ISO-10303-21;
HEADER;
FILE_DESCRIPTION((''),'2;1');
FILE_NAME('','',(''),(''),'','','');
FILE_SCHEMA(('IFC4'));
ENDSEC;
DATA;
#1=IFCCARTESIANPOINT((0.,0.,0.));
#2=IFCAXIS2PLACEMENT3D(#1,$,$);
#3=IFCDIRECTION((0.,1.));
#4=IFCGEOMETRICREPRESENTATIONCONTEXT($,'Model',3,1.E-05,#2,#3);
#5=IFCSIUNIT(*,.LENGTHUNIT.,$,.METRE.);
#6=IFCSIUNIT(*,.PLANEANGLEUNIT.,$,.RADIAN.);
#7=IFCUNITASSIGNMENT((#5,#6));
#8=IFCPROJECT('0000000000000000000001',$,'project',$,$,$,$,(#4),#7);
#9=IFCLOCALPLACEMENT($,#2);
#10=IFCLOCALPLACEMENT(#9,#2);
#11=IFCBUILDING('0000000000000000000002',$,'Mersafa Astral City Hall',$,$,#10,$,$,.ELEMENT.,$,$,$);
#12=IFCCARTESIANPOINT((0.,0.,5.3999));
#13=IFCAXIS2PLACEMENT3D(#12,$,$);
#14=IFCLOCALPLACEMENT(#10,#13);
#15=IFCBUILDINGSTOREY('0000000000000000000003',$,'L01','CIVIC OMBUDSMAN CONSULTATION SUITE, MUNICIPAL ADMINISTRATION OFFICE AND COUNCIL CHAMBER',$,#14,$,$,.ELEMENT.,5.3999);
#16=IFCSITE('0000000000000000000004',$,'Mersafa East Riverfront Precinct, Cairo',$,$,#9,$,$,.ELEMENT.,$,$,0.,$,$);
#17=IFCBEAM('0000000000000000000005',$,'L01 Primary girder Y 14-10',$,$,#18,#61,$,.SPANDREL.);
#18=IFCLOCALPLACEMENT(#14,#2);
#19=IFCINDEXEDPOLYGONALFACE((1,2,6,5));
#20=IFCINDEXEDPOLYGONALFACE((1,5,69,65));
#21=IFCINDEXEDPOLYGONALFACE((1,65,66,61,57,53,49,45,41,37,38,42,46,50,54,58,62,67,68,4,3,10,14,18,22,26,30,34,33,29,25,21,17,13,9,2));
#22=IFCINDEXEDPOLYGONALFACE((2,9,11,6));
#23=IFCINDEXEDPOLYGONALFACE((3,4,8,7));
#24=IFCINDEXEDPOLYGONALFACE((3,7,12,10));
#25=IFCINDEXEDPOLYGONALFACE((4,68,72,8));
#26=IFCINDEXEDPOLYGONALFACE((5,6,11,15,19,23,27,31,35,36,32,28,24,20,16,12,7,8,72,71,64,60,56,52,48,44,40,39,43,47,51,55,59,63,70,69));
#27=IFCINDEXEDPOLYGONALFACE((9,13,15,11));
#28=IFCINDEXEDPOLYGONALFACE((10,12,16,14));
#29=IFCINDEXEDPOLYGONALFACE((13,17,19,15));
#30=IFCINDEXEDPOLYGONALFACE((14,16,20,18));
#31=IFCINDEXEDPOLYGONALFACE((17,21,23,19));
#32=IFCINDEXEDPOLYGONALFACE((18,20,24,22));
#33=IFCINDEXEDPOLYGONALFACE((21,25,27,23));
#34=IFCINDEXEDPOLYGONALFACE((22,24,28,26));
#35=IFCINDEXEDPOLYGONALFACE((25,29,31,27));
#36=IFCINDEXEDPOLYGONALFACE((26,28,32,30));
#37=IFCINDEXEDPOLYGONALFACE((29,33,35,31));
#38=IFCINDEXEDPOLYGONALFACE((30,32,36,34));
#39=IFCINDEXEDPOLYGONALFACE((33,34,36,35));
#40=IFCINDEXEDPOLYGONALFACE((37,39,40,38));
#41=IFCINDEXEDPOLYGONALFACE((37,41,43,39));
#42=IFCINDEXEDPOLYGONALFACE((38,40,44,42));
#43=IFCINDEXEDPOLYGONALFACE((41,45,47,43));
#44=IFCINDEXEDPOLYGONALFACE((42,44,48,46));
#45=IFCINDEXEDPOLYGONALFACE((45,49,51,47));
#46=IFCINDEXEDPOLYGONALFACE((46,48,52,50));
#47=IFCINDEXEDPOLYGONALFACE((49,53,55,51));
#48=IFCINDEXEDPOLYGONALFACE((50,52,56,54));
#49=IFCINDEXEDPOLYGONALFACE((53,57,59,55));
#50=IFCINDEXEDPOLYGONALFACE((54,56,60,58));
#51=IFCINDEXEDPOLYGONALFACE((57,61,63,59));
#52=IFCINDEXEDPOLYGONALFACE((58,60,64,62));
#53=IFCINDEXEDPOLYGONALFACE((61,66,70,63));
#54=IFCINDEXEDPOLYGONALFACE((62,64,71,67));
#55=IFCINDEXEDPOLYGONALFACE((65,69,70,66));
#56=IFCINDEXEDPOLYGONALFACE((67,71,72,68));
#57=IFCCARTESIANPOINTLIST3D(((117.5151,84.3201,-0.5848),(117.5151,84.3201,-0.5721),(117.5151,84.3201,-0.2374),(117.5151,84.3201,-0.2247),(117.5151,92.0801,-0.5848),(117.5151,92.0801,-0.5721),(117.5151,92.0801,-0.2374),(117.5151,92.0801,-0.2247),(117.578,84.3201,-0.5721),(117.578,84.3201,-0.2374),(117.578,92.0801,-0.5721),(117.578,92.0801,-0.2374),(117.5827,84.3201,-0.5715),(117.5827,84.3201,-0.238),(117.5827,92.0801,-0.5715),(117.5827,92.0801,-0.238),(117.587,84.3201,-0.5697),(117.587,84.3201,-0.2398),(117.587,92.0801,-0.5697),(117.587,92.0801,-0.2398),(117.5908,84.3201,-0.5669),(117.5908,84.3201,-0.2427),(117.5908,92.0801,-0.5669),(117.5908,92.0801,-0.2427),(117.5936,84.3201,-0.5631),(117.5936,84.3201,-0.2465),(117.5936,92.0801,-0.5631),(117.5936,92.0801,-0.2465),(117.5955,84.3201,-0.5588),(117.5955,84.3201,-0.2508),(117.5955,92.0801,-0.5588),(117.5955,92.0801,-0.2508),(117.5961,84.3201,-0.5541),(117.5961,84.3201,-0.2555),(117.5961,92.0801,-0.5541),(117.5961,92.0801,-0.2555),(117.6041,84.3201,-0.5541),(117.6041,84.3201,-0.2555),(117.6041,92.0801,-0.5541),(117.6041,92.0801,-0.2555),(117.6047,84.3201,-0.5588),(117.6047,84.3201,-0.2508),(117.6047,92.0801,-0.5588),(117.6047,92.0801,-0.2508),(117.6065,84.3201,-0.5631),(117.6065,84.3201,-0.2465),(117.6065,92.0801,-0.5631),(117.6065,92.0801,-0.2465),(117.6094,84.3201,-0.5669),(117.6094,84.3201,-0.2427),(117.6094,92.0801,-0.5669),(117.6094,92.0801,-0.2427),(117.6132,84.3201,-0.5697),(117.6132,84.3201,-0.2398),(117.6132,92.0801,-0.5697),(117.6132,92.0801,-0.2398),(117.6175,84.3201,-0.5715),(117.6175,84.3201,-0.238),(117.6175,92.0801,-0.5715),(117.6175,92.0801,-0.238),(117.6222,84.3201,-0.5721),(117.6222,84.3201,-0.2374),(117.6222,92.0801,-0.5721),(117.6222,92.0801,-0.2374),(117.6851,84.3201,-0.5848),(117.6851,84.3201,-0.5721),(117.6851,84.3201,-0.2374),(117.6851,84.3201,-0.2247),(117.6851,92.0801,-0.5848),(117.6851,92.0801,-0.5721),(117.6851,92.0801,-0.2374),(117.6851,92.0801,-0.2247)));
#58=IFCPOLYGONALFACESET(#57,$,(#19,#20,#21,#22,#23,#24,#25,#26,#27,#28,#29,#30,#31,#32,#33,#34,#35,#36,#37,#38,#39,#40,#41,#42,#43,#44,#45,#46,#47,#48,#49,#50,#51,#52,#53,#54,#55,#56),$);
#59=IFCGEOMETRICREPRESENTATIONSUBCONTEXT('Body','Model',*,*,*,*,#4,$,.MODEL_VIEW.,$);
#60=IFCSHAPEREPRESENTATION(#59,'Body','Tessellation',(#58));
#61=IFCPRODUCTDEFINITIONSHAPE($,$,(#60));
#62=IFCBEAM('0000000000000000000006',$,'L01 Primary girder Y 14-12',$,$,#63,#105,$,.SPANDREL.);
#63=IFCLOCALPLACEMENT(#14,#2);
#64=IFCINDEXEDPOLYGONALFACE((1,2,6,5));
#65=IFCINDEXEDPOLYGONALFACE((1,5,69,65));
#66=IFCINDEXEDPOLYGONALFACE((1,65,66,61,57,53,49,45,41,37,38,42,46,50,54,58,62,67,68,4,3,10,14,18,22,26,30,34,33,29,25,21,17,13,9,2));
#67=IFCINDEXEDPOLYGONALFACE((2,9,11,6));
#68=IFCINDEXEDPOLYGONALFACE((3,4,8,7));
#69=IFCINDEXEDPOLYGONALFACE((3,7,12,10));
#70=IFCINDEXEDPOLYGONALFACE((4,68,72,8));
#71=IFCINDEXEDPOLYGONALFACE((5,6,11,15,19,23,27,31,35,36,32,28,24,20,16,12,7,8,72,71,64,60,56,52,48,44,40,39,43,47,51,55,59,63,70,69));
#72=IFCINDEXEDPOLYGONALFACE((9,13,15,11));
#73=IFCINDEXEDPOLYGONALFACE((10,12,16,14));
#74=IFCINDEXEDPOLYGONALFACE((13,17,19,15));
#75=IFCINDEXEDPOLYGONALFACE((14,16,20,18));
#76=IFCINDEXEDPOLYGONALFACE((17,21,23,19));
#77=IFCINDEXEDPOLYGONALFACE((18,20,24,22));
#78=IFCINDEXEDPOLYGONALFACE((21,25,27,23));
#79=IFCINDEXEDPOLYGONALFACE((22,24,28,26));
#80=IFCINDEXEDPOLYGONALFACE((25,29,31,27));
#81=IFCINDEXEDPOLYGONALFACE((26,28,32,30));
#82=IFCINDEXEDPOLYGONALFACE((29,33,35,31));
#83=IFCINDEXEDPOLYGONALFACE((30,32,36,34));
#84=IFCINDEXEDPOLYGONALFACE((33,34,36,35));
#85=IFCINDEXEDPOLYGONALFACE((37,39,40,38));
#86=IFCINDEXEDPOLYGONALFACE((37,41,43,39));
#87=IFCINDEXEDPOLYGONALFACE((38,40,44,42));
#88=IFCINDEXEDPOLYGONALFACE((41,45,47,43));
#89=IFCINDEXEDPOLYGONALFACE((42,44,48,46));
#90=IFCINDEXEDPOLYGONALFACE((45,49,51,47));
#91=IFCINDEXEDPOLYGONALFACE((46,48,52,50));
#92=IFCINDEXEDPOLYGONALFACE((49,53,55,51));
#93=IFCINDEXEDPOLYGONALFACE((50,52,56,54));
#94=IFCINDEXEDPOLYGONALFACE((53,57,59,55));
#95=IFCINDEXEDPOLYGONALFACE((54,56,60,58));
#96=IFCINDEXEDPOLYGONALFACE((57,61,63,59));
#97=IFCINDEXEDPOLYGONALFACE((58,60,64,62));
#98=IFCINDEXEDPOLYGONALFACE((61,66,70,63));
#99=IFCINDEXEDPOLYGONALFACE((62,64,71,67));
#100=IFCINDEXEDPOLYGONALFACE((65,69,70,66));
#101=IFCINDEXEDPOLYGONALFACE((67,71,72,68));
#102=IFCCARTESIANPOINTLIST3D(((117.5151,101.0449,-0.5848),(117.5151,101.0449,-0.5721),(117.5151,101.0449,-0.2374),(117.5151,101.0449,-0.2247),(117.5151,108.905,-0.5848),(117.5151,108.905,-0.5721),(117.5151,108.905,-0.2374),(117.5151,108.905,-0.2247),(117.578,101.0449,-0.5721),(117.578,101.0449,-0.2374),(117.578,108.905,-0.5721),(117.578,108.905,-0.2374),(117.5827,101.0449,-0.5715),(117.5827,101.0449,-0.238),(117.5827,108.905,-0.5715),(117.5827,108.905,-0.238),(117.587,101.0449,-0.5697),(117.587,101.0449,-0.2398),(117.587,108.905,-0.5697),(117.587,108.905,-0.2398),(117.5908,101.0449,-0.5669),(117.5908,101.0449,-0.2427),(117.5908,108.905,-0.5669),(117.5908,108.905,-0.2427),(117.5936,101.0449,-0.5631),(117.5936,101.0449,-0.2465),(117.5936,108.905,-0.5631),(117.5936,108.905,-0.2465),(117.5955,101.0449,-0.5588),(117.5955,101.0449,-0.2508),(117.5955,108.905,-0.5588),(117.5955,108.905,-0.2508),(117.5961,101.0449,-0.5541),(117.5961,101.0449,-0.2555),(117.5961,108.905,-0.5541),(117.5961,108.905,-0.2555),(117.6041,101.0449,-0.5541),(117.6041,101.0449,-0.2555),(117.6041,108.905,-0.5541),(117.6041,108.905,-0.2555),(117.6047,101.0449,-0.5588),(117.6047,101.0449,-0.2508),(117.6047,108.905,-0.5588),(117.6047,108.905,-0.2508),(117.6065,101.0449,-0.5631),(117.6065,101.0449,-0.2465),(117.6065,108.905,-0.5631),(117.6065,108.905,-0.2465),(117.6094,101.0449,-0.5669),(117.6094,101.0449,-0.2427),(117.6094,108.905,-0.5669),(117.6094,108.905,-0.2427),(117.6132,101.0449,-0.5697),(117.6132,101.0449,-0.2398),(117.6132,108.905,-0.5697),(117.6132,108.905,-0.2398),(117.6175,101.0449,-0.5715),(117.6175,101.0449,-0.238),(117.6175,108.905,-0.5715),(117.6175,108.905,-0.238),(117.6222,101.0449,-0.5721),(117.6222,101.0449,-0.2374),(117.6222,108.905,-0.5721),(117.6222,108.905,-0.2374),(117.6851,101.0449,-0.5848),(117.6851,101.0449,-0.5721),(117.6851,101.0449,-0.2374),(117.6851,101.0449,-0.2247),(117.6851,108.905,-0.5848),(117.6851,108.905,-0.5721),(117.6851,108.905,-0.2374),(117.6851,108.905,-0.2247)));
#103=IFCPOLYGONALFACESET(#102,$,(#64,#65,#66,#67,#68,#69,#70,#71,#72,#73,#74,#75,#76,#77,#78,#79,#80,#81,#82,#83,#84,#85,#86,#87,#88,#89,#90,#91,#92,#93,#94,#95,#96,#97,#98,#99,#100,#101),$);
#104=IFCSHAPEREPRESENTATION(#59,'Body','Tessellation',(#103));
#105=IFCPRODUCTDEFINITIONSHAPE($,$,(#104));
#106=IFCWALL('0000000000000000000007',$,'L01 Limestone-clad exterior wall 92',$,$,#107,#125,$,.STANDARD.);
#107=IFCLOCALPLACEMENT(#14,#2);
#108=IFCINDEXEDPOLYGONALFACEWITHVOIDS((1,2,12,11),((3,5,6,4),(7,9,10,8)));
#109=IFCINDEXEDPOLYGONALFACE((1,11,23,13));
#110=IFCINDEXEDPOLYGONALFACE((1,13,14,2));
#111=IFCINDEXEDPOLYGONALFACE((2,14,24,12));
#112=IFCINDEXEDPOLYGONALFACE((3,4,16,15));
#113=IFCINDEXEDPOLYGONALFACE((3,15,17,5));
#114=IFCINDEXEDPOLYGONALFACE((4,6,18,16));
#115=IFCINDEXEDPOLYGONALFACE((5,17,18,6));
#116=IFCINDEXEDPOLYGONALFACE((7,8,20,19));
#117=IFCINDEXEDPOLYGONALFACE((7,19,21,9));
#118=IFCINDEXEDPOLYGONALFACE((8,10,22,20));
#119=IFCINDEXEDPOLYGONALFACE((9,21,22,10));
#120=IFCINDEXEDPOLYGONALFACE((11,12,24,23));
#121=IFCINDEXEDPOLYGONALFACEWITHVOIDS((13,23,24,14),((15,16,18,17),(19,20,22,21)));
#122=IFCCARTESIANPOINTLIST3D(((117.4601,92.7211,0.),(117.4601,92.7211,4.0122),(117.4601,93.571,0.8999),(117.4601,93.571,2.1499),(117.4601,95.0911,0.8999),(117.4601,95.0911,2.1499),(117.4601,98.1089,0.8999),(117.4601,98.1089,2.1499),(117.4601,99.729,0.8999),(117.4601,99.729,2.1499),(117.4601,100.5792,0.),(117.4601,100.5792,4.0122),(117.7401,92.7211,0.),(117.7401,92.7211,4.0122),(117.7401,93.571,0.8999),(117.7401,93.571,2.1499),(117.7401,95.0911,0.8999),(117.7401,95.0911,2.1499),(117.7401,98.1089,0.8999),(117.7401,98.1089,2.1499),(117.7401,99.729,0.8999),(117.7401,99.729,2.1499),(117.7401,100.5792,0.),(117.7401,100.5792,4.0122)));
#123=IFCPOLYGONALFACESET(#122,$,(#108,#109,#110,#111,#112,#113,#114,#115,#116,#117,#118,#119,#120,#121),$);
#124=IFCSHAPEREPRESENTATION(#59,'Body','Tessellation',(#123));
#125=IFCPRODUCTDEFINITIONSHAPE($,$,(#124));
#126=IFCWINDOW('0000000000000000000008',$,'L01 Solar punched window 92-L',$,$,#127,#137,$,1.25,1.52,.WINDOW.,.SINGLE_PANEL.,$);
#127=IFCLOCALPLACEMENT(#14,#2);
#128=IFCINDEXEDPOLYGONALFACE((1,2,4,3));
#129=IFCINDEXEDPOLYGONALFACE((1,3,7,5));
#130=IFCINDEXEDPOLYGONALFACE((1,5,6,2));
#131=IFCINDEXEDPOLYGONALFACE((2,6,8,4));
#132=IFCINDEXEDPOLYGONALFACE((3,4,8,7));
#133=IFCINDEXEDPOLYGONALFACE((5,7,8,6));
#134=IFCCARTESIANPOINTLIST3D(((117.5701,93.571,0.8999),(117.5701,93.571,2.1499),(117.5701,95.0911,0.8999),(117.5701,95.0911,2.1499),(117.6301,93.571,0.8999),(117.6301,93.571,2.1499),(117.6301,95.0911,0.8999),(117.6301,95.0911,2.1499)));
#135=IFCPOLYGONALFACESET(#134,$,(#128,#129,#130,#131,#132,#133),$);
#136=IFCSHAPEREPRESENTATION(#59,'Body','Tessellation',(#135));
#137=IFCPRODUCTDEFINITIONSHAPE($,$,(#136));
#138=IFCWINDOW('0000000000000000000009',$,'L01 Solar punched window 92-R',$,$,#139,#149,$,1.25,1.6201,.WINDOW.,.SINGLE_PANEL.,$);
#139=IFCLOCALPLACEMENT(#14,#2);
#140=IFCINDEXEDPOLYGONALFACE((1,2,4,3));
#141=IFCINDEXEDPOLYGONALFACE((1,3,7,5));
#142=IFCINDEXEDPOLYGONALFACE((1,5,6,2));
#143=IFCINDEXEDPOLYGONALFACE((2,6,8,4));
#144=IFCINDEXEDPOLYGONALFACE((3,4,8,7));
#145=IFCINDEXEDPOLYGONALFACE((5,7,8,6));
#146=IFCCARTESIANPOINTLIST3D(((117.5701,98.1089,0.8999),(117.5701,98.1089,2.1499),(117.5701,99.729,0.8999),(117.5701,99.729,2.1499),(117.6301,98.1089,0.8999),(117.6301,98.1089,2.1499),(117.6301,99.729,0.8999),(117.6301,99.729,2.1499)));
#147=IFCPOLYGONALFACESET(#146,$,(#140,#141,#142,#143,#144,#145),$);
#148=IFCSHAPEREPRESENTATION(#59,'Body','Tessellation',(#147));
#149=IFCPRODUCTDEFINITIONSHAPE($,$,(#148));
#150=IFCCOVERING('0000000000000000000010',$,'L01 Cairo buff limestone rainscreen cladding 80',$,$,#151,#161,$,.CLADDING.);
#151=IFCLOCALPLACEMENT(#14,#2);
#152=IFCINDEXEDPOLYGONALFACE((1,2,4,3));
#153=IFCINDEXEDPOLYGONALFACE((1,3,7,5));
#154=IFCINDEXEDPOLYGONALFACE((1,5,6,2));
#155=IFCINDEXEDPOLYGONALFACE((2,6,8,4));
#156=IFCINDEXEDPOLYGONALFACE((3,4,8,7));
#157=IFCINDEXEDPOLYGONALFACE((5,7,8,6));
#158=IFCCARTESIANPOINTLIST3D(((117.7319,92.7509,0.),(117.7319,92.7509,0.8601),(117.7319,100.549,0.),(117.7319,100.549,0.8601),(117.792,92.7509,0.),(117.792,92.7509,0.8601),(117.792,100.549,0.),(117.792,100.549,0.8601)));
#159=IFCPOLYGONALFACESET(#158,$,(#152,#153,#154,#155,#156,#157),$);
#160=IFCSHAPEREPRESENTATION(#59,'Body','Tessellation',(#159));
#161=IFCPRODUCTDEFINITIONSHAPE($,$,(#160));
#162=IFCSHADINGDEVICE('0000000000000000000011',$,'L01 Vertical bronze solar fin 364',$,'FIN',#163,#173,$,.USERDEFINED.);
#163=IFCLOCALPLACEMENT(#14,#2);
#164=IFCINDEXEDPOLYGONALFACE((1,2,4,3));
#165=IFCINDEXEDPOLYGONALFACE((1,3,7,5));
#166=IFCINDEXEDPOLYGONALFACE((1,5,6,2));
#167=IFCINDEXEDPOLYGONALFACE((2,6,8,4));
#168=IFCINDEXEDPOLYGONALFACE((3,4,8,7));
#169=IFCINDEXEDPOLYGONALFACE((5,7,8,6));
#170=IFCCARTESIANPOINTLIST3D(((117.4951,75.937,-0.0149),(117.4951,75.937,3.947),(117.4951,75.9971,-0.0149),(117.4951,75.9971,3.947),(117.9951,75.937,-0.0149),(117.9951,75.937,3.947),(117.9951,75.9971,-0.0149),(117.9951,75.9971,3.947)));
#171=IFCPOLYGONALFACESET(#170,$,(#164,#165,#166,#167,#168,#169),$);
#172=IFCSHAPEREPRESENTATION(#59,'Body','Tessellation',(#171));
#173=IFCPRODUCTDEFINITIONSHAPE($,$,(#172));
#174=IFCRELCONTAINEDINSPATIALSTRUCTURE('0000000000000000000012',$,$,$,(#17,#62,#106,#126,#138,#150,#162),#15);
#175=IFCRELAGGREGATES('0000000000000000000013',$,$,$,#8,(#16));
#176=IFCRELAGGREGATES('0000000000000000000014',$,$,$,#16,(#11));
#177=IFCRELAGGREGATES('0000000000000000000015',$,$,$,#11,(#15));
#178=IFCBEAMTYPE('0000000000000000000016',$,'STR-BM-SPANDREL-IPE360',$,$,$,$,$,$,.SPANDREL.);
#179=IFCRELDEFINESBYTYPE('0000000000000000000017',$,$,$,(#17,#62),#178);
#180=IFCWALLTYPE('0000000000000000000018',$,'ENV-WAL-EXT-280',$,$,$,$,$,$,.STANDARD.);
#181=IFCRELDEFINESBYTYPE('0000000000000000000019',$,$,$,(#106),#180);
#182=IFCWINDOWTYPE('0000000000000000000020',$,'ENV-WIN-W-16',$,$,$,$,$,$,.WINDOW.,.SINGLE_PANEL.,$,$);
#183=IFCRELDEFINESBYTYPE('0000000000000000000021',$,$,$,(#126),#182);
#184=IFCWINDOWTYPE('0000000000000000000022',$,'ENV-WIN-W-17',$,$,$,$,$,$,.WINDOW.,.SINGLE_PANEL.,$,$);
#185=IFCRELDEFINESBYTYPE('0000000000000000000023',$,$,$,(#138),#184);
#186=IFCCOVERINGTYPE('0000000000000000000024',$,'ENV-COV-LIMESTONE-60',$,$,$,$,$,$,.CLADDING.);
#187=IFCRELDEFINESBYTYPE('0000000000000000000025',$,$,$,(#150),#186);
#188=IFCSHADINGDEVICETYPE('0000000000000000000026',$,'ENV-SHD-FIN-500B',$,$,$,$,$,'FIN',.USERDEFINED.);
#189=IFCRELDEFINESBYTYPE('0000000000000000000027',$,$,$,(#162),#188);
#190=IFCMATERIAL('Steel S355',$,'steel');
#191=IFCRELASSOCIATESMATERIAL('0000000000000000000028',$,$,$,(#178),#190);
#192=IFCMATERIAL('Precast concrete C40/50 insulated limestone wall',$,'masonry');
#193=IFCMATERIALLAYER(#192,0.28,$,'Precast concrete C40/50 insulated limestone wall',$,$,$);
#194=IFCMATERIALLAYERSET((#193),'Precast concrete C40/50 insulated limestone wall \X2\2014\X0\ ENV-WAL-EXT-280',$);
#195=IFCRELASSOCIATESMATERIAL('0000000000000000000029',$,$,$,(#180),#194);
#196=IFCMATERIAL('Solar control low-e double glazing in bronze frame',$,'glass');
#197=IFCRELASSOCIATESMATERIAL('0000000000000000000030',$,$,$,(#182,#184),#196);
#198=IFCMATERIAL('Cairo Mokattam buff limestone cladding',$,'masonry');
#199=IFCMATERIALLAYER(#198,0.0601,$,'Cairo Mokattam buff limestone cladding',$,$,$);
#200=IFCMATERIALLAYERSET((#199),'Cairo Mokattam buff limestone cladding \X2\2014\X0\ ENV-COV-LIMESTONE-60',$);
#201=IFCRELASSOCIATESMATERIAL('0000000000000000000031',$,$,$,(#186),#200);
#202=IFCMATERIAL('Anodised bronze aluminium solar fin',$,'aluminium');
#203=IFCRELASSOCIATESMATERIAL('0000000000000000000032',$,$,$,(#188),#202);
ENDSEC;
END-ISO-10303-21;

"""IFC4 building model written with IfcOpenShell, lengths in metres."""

from ifc_helpers import new_model, si_unit, direction, frame, frame_2d, origin, origin_2d, place, context, subcontext, project, spatial, rectangle, i_section, extrude, material, layer, layer_set, material_profile, profile_set, type_object, element, fill, save


model = new_model("IFC4")

# Units and contexts
model_context = context("Model", 3, precision=1e-05, world=origin(), true_north=direction((0.0, 1.0)))
body_context = subcontext(model_context, "Body", "Model", "MODEL_VIEW")
ifc_project = project(units=[si_unit("LENGTHUNIT", "METRE"), si_unit("PLANEANGLEUNIT", "RADIAN")], contexts=[model_context])

# Site, building, storey
site_placement = place(None, origin())
site = spatial("IfcSite", under=ifc_project, at=site_placement, Name="Mersafa East Riverfront Precinct, Cairo", CompositionType="ELEMENT", RefElevation=0.0)
building_placement = place(site_placement, origin())
building = spatial("IfcBuilding", under=site, at=building_placement, Name="Mersafa Astral City Hall", CompositionType="ELEMENT")
storey_placement = place(building_placement, frame((0.0, 0.0, 5.3999)))
storey = spatial("IfcBuildingStorey", under=building, at=storey_placement, Name="L01", Description="CIVIC OMBUDSMAN CONSULTATION SUITE, MUNICIPAL ADMINISTRATION OFFICE AND COUNCIL CHAMBER", CompositionType="ELEMENT", Elevation=5.3999)

# Shared definitions
ifc_material_1 = material(Name="Steel S355", Category="steel")

# Beams
ifc_material_profile_1 = material_profile(ifc_material_1, i_section(OverallWidth=0.1699, OverallDepth=0.3601, WebThickness=0.0081, FlangeThickness=0.0127, FilletRadius=0.0181, at=origin_2d()), Name="IPE 360")
ifc_profile_set_1 = profile_set([ifc_material_profile_1], Name="Steel S355")
beam_type_1 = type_object("IfcBeamType", Name="STR-BM-SPANDREL-IPE360", PredefinedType="SPANDREL", material=ifc_profile_set_1)
beam_1_placement = place(storey_placement, frame((117.6001, 84.3201, -0.4048), z_axis=(0.0, 1.0, 0.0), x_axis=(-1.0, 0.0, 0.0)))
element("IfcBeam", 1, at=beam_1_placement, inside=storey, type_object=beam_type_1, Name="L01 Primary girder Y 14-10", PredefinedType="SPANDREL", context=body_context, shape_type="SweptSolid", body=[
    extrude(i_section(OverallWidth=0.1699, OverallDepth=0.3601, WebThickness=0.0081, FlangeThickness=0.0127, FilletRadius=0.0181, at=origin_2d()), origin(), (0.0, 0.0, 1.0), 7.76),
])
beam_2_placement = place(storey_placement, frame((117.6001, 101.0449, -0.4048), z_axis=(0.0, 1.0, 0.0), x_axis=(-1.0, 0.0, 0.0)))
element("IfcBeam", 2, at=beam_2_placement, inside=storey, type_object=beam_type_1, Name="L01 Primary girder Y 14-12", PredefinedType="SPANDREL", context=body_context, shape_type="SweptSolid", body=[
    extrude(i_section(OverallWidth=0.1699, OverallDepth=0.3601, WebThickness=0.0081, FlangeThickness=0.0127, FilletRadius=0.0181, at=origin_2d()), origin(), (0.0, 0.0, 1.0), 7.8601),
])

# Wall, openings, windows
ifc_material_2 = material(Name="Precast concrete C40/50 insulated limestone wall", Category="masonry")
ifc_layer_1 = layer(ifc_material_2, 0.28, Name="Precast concrete C40/50 insulated limestone wall")
ifc_layer_set_1 = layer_set([ifc_layer_1], Name="Precast concrete C40/50 insulated limestone wall — ENV-WAL-EXT-280")
wall_type = type_object("IfcWallType", Name="ENV-WAL-EXT-280", PredefinedType="STANDARD", material=ifc_layer_set_1)
wall_placement = place(storey_placement, frame((117.6001, 92.7209, 0.0), z_axis=(0.0, 0.0, 1.0), x_axis=(0.0, 1.0, 0.0)))
wall = element("IfcWall", 3, at=wall_placement, inside=storey, type_object=wall_type, Name="L01 Limestone-clad exterior wall 92", PredefinedType="STANDARD", context=body_context, shape_type="SweptSolid", body=[
    extrude(rectangle(XDim=7.8582, YDim=0.28, at=frame_2d((3.9292, 0.0))), origin(), (0.0, 0.0, 1.0), 4.0122),
])
opening_1_placement = place(wall_placement, frame((0.8501, 0.0, 0.8999)))
opening_1 = element("IfcOpeningElement", 4, at=opening_1_placement, cuts=wall, PredefinedType="OPENING", context=body_context, shape_type="SweptSolid", body=[
    extrude(rectangle(XDim=1.52, YDim=1.25, at=frame_2d((0.76, 0.625))), frame((0.0, 0.1499, 0.0), z_axis=(0.0, -1.0, 0.0), x_axis=(1.0, 0.0, 0.0)), (0.0, 0.0, 1.0), 0.3),
])
opening_2_placement = place(wall_placement, frame((5.3879, 0.0, 0.8999)))
opening_2 = element("IfcOpeningElement", 5, at=opening_2_placement, cuts=wall, PredefinedType="OPENING", context=body_context, shape_type="SweptSolid", body=[
    extrude(rectangle(XDim=1.6201, YDim=1.25, at=frame_2d((0.8101, 0.625))), frame((0.0, 0.1499, 0.0), z_axis=(0.0, -1.0, 0.0), x_axis=(1.0, 0.0, 0.0)), (0.0, 0.0, 1.0), 0.3),
])
ifc_material_3 = material(Name="Solar control low-e double glazing in bronze frame", Category="glass")
window_type_1 = type_object("IfcWindowType", Name="ENV-WIN-W-16", PartitioningType="SINGLE_PANEL", PredefinedType="WINDOW", material=ifc_material_3)
window_1_placement = place(opening_1_placement, origin())
window_1 = element("IfcWindow", 6, at=window_1_placement, inside=storey, type_object=window_type_1, Name="L01 Solar punched window 92-L", OverallHeight=1.25, OverallWidth=1.52, PartitioningType="SINGLE_PANEL", PredefinedType="WINDOW", context=body_context, shape_type="SweptSolid", body=[
    extrude(rectangle(XDim=1.52, YDim=1.25, at=frame_2d((0.76, 0.625))), frame((0.0, 0.03, 0.0), z_axis=(0.0, -1.0, 0.0), x_axis=(1.0, 0.0, 0.0)), (0.0, 0.0, 1.0), 0.0601),
])
fill(opening_1, window_1)
window_type_2 = type_object("IfcWindowType", Name="ENV-WIN-W-17", PartitioningType="SINGLE_PANEL", PredefinedType="WINDOW", material=ifc_material_3)
window_2_placement = place(opening_2_placement, origin())
window_2 = element("IfcWindow", 7, at=window_2_placement, inside=storey, type_object=window_type_2, Name="L01 Solar punched window 92-R", OverallHeight=1.25, OverallWidth=1.6201, PartitioningType="SINGLE_PANEL", PredefinedType="WINDOW", context=body_context, shape_type="SweptSolid", body=[
    extrude(rectangle(XDim=1.6201, YDim=1.25, at=frame_2d((0.8101, 0.625))), frame((0.0, 0.03, 0.0), z_axis=(0.0, -1.0, 0.0), x_axis=(1.0, 0.0, 0.0)), (0.0, 0.0, 1.0), 0.0601),
])
fill(opening_2, window_2)

# Covering
ifc_material_4 = material(Name="Cairo Mokattam buff limestone cladding", Category="masonry")
ifc_layer_2 = layer(ifc_material_4, 0.0601, Name="Cairo Mokattam buff limestone cladding")
ifc_layer_set_2 = layer_set([ifc_layer_2], Name="Cairo Mokattam buff limestone cladding — ENV-COV-LIMESTONE-60")
covering_type = type_object("IfcCoveringType", Name="ENV-COV-LIMESTONE-60", PredefinedType="CLADDING", material=ifc_layer_set_2)
covering_placement = place(storey_placement, frame((117.762, 96.6499, 0.0), z_axis=(0.0, 0.0, 1.0), x_axis=(0.0, 1.0, 0.0)))
element("IfcCovering", 8, at=covering_placement, inside=storey, type_object=covering_type, Name="L01 Cairo buff limestone rainscreen cladding 80", PredefinedType="CLADDING", context=body_context, shape_type="SweptSolid", body=[
    extrude(rectangle(XDim=7.7981, YDim=0.0601, at=origin_2d()), origin(), (0.0, 0.0, 1.0), 0.8601),
])

# Shading device
ifc_material_5 = material(Name="Anodised bronze aluminium solar fin", Category="aluminium")
shading_device_type_1 = type_object("IfcShadingDeviceType", Name="ENV-SHD-FIN-500B", ElementType="FIN", PredefinedType="USERDEFINED", material=ifc_material_5)
for number, where, z_axis, x_axis, name in (
    (9, (117.7451, 75.967, -0.0149), (0.0, 0.0, 1.0), (0.0, 1.0, 0.0), "L01 Vertical bronze solar fin 364"),
):
    element("IfcShadingDevice", number, at=place(storey_placement, frame(where, z_axis=z_axis, x_axis=x_axis)), inside=storey, type_object=shading_device_type_1, Name=name, ObjectType="FIN", PredefinedType="USERDEFINED", context=body_context, shape_type="SweptSolid", body=[
        extrude(rectangle(XDim=0.0601, YDim=0.5, at=origin_2d()), origin(), (0.0, 0.0, 1.0), 3.9619),
    ])

save(model, "model.ifc")
